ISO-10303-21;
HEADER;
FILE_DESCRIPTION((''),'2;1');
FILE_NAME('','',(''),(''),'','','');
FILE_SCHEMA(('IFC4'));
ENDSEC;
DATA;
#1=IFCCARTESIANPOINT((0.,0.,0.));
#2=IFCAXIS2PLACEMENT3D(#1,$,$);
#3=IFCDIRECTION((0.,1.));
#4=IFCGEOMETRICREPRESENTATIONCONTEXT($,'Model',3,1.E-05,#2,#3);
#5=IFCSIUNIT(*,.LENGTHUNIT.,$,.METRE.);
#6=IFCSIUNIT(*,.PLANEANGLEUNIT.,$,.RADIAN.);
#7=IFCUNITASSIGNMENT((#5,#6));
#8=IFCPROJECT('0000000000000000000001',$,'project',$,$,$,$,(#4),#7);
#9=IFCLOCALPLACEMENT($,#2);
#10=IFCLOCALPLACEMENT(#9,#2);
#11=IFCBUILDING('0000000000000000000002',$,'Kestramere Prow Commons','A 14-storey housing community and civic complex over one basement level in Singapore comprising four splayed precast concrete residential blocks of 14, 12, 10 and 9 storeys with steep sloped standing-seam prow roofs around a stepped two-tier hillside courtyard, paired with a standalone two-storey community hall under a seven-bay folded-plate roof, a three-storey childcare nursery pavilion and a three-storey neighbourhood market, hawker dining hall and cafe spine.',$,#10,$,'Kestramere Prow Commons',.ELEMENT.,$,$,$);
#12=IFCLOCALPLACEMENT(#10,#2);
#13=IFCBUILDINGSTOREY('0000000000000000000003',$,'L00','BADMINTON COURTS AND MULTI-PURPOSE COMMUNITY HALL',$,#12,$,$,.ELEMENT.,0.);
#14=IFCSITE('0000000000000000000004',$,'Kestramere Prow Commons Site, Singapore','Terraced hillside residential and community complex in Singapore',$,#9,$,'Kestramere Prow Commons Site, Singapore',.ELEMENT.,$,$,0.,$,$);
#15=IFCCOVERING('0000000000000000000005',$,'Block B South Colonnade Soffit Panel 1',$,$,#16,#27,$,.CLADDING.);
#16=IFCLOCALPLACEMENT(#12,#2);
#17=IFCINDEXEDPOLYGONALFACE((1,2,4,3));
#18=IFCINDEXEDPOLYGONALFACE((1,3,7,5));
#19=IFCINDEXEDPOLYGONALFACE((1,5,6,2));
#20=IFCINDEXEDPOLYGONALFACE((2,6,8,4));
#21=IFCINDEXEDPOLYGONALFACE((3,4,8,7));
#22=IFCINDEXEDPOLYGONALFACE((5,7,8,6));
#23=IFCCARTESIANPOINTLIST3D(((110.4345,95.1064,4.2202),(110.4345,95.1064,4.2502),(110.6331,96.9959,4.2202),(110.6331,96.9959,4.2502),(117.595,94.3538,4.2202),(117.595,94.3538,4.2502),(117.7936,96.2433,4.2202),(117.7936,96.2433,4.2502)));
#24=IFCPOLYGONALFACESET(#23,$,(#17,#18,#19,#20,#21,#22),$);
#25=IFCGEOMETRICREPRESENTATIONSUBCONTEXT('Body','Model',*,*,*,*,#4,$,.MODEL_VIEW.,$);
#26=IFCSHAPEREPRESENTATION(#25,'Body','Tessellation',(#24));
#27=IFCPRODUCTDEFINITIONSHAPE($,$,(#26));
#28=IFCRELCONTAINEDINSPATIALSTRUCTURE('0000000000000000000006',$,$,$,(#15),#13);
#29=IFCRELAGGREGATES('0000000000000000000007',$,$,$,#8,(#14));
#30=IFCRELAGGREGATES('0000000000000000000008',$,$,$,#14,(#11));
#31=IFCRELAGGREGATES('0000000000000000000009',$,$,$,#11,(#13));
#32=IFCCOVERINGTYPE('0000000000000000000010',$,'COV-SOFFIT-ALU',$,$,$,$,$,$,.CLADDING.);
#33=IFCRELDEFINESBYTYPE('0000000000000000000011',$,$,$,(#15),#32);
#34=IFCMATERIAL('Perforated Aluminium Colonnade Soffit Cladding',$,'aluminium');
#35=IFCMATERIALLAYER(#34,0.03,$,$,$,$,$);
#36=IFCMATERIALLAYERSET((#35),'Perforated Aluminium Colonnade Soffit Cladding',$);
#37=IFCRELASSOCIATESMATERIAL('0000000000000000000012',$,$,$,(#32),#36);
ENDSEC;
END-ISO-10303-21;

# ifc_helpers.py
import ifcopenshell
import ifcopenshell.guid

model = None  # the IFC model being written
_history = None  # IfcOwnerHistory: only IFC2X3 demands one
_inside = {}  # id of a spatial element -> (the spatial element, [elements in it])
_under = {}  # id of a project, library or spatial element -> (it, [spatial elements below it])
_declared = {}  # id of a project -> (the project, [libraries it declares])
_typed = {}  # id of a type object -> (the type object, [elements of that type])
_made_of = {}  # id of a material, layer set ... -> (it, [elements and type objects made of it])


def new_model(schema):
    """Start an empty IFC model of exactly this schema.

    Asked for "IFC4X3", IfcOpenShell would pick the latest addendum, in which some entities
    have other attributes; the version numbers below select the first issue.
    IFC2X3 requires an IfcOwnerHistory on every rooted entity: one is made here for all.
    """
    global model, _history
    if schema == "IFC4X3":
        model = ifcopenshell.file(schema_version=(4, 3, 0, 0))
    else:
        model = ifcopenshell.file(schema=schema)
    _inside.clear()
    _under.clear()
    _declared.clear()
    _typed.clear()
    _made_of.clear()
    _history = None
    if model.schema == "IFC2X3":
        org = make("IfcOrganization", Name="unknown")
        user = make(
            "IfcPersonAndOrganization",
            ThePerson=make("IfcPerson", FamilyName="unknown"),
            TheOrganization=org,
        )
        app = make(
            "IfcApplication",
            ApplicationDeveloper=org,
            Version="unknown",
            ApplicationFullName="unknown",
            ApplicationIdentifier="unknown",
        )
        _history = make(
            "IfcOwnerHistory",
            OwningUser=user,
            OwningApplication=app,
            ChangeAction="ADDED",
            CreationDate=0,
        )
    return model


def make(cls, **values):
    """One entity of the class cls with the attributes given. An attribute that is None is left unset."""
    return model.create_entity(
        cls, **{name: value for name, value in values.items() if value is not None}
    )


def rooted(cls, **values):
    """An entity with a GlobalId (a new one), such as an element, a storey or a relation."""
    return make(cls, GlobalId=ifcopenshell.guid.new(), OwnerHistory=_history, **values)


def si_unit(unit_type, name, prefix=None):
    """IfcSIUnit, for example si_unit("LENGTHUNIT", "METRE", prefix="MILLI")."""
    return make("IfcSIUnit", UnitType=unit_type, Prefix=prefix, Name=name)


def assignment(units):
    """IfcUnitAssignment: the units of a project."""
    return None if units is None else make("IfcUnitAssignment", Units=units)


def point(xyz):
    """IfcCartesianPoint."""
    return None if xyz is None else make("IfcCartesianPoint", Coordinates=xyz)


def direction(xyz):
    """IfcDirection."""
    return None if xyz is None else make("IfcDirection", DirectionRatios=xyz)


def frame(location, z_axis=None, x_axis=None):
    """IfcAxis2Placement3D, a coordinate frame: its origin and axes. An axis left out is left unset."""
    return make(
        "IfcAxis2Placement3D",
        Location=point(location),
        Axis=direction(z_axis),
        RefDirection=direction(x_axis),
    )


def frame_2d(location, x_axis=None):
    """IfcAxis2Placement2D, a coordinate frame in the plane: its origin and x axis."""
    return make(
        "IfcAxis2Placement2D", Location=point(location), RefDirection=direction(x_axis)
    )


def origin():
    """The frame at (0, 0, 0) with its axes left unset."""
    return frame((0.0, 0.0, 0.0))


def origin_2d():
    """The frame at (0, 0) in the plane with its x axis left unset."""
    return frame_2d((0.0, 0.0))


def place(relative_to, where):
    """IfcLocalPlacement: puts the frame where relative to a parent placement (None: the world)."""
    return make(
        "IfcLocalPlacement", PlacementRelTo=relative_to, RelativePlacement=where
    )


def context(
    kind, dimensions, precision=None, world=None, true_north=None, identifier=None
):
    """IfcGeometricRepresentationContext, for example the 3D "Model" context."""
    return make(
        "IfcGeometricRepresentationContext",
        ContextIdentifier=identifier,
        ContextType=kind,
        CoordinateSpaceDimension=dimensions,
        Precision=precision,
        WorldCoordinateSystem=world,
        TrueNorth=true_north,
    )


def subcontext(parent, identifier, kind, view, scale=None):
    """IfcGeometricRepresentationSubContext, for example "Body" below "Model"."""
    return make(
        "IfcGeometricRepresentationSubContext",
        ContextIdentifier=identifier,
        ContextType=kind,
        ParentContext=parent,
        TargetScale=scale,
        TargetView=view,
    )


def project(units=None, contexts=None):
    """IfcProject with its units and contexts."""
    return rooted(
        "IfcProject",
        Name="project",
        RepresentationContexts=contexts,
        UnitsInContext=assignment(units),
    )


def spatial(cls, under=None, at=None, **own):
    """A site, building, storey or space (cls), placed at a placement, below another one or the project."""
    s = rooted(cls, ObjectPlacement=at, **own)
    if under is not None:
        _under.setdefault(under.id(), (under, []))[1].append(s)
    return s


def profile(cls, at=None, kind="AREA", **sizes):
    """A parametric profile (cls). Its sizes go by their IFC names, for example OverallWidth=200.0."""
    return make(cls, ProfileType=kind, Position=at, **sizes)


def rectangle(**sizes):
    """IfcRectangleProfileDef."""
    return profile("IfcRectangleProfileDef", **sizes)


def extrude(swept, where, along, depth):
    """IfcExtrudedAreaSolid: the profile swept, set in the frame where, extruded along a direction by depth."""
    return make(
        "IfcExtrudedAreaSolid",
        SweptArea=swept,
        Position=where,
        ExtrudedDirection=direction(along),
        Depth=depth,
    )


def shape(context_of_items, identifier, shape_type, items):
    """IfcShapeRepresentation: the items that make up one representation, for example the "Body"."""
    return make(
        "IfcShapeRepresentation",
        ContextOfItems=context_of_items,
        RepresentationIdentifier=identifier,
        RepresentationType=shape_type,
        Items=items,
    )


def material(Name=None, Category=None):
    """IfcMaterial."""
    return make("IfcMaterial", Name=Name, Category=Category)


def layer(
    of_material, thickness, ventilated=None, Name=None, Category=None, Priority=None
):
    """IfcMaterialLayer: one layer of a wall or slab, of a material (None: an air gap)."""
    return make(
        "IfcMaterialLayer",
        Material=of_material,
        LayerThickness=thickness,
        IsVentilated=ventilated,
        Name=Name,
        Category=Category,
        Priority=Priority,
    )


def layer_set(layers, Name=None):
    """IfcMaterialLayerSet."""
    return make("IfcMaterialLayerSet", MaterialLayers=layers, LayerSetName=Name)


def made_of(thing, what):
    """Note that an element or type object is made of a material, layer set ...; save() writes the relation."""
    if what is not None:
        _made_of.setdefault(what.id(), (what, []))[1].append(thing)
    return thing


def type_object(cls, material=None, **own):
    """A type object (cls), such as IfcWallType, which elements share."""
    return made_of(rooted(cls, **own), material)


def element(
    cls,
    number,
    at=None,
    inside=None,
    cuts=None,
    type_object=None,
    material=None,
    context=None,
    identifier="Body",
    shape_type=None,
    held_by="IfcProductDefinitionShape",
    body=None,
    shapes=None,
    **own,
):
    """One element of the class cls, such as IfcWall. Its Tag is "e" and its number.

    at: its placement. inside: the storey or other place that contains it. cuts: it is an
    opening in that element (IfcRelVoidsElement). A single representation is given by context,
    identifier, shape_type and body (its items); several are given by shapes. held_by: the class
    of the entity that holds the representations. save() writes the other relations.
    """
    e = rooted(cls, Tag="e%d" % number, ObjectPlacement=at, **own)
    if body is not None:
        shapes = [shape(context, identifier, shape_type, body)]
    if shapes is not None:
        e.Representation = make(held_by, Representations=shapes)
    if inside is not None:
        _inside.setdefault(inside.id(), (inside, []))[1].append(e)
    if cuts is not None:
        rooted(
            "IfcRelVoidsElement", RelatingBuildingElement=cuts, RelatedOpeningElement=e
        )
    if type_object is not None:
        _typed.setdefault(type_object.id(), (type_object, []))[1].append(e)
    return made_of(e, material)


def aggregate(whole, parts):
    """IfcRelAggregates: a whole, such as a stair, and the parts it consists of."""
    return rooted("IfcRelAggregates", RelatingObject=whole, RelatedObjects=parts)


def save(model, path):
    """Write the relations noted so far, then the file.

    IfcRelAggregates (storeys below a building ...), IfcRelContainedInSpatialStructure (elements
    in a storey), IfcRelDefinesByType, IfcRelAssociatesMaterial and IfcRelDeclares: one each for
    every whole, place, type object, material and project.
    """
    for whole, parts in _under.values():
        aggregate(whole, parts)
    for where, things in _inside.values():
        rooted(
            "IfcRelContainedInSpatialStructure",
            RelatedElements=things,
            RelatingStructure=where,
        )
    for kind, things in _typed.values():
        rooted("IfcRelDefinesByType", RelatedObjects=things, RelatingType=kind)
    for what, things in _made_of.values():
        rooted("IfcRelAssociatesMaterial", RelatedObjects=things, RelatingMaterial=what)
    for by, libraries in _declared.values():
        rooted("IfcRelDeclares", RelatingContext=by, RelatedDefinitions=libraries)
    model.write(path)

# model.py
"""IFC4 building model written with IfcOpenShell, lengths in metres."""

from ifc_helpers import new_model, si_unit, direction, frame, origin, origin_2d, place, context, subcontext, project, spatial, rectangle, extrude, material, layer, layer_set, type_object, element, save


model = new_model("IFC4")

# Units and contexts
model_context = context("Model", 3, precision=1e-05, world=origin(), true_north=direction((0.0, 1.0)))
body_context = subcontext(model_context, "Body", "Model", "MODEL_VIEW")
ifc_project = project(units=[si_unit("LENGTHUNIT", "METRE"), si_unit("PLANEANGLEUNIT", "RADIAN")], contexts=[model_context])

# Site, building, storey
site_placement = place(None, origin())
site = spatial("IfcSite", under=ifc_project, at=site_placement, Name="Kestramere Prow Commons Site, Singapore", Description="Terraced hillside residential and community complex in Singapore", LongName="Kestramere Prow Commons Site, Singapore", CompositionType="ELEMENT", RefElevation=0.0)
building_placement = place(site_placement, origin())
building = spatial("IfcBuilding", under=site, at=building_placement, Name="Kestramere Prow Commons", Description="A 14-storey housing community and civic complex over one basement level in Singapore comprising four splayed precast concrete residential blocks of 14, 12, 10 and 9 storeys with steep sloped standing-seam prow roofs around a stepped two-tier hillside courtyard, paired with a standalone two-storey community hall under a seven-bay folded-plate roof, a three-storey childcare nursery pavilion and a three-storey neighbourhood market, hawker dining hall and cafe spine.", LongName="Kestramere Prow Commons", CompositionType="ELEMENT")
storey_placement = place(building_placement, origin())
storey = spatial("IfcBuildingStorey", under=building, at=storey_placement, Name="L00", Description="BADMINTON COURTS AND MULTI-PURPOSE COMMUNITY HALL", CompositionType="ELEMENT", Elevation=0.0)

# Covering
ifc_material_1 = material(Name="Perforated Aluminium Colonnade Soffit Cladding", Category="aluminium")
ifc_layer_1 = layer(ifc_material_1, 0.03)
ifc_layer_set_1 = layer_set([ifc_layer_1], Name="Perforated Aluminium Colonnade Soffit Cladding")
covering_type = type_object("IfcCoveringType", Name="COV-SOFFIT-ALU", PredefinedType="CLADDING", material=ifc_layer_set_1)
covering_placement = place(storey_placement, frame((114.114, 95.6748, 4.2202), z_axis=(0.0, 0.0, 1.0), x_axis=(0.994522, -0.104528, 0.0)))
element("IfcCovering", 1, at=covering_placement, inside=storey, type_object=covering_type, Name="Block B South Colonnade Soffit Panel 1", PredefinedType="CLADDING", context=body_context, shape_type="SweptSolid", body=[
    extrude(rectangle(XDim=7.2, YDim=1.8999, at=origin_2d()), origin(), (0.0, 0.0, 1.0), 0.03),
])

save(model, "model.ifc")
